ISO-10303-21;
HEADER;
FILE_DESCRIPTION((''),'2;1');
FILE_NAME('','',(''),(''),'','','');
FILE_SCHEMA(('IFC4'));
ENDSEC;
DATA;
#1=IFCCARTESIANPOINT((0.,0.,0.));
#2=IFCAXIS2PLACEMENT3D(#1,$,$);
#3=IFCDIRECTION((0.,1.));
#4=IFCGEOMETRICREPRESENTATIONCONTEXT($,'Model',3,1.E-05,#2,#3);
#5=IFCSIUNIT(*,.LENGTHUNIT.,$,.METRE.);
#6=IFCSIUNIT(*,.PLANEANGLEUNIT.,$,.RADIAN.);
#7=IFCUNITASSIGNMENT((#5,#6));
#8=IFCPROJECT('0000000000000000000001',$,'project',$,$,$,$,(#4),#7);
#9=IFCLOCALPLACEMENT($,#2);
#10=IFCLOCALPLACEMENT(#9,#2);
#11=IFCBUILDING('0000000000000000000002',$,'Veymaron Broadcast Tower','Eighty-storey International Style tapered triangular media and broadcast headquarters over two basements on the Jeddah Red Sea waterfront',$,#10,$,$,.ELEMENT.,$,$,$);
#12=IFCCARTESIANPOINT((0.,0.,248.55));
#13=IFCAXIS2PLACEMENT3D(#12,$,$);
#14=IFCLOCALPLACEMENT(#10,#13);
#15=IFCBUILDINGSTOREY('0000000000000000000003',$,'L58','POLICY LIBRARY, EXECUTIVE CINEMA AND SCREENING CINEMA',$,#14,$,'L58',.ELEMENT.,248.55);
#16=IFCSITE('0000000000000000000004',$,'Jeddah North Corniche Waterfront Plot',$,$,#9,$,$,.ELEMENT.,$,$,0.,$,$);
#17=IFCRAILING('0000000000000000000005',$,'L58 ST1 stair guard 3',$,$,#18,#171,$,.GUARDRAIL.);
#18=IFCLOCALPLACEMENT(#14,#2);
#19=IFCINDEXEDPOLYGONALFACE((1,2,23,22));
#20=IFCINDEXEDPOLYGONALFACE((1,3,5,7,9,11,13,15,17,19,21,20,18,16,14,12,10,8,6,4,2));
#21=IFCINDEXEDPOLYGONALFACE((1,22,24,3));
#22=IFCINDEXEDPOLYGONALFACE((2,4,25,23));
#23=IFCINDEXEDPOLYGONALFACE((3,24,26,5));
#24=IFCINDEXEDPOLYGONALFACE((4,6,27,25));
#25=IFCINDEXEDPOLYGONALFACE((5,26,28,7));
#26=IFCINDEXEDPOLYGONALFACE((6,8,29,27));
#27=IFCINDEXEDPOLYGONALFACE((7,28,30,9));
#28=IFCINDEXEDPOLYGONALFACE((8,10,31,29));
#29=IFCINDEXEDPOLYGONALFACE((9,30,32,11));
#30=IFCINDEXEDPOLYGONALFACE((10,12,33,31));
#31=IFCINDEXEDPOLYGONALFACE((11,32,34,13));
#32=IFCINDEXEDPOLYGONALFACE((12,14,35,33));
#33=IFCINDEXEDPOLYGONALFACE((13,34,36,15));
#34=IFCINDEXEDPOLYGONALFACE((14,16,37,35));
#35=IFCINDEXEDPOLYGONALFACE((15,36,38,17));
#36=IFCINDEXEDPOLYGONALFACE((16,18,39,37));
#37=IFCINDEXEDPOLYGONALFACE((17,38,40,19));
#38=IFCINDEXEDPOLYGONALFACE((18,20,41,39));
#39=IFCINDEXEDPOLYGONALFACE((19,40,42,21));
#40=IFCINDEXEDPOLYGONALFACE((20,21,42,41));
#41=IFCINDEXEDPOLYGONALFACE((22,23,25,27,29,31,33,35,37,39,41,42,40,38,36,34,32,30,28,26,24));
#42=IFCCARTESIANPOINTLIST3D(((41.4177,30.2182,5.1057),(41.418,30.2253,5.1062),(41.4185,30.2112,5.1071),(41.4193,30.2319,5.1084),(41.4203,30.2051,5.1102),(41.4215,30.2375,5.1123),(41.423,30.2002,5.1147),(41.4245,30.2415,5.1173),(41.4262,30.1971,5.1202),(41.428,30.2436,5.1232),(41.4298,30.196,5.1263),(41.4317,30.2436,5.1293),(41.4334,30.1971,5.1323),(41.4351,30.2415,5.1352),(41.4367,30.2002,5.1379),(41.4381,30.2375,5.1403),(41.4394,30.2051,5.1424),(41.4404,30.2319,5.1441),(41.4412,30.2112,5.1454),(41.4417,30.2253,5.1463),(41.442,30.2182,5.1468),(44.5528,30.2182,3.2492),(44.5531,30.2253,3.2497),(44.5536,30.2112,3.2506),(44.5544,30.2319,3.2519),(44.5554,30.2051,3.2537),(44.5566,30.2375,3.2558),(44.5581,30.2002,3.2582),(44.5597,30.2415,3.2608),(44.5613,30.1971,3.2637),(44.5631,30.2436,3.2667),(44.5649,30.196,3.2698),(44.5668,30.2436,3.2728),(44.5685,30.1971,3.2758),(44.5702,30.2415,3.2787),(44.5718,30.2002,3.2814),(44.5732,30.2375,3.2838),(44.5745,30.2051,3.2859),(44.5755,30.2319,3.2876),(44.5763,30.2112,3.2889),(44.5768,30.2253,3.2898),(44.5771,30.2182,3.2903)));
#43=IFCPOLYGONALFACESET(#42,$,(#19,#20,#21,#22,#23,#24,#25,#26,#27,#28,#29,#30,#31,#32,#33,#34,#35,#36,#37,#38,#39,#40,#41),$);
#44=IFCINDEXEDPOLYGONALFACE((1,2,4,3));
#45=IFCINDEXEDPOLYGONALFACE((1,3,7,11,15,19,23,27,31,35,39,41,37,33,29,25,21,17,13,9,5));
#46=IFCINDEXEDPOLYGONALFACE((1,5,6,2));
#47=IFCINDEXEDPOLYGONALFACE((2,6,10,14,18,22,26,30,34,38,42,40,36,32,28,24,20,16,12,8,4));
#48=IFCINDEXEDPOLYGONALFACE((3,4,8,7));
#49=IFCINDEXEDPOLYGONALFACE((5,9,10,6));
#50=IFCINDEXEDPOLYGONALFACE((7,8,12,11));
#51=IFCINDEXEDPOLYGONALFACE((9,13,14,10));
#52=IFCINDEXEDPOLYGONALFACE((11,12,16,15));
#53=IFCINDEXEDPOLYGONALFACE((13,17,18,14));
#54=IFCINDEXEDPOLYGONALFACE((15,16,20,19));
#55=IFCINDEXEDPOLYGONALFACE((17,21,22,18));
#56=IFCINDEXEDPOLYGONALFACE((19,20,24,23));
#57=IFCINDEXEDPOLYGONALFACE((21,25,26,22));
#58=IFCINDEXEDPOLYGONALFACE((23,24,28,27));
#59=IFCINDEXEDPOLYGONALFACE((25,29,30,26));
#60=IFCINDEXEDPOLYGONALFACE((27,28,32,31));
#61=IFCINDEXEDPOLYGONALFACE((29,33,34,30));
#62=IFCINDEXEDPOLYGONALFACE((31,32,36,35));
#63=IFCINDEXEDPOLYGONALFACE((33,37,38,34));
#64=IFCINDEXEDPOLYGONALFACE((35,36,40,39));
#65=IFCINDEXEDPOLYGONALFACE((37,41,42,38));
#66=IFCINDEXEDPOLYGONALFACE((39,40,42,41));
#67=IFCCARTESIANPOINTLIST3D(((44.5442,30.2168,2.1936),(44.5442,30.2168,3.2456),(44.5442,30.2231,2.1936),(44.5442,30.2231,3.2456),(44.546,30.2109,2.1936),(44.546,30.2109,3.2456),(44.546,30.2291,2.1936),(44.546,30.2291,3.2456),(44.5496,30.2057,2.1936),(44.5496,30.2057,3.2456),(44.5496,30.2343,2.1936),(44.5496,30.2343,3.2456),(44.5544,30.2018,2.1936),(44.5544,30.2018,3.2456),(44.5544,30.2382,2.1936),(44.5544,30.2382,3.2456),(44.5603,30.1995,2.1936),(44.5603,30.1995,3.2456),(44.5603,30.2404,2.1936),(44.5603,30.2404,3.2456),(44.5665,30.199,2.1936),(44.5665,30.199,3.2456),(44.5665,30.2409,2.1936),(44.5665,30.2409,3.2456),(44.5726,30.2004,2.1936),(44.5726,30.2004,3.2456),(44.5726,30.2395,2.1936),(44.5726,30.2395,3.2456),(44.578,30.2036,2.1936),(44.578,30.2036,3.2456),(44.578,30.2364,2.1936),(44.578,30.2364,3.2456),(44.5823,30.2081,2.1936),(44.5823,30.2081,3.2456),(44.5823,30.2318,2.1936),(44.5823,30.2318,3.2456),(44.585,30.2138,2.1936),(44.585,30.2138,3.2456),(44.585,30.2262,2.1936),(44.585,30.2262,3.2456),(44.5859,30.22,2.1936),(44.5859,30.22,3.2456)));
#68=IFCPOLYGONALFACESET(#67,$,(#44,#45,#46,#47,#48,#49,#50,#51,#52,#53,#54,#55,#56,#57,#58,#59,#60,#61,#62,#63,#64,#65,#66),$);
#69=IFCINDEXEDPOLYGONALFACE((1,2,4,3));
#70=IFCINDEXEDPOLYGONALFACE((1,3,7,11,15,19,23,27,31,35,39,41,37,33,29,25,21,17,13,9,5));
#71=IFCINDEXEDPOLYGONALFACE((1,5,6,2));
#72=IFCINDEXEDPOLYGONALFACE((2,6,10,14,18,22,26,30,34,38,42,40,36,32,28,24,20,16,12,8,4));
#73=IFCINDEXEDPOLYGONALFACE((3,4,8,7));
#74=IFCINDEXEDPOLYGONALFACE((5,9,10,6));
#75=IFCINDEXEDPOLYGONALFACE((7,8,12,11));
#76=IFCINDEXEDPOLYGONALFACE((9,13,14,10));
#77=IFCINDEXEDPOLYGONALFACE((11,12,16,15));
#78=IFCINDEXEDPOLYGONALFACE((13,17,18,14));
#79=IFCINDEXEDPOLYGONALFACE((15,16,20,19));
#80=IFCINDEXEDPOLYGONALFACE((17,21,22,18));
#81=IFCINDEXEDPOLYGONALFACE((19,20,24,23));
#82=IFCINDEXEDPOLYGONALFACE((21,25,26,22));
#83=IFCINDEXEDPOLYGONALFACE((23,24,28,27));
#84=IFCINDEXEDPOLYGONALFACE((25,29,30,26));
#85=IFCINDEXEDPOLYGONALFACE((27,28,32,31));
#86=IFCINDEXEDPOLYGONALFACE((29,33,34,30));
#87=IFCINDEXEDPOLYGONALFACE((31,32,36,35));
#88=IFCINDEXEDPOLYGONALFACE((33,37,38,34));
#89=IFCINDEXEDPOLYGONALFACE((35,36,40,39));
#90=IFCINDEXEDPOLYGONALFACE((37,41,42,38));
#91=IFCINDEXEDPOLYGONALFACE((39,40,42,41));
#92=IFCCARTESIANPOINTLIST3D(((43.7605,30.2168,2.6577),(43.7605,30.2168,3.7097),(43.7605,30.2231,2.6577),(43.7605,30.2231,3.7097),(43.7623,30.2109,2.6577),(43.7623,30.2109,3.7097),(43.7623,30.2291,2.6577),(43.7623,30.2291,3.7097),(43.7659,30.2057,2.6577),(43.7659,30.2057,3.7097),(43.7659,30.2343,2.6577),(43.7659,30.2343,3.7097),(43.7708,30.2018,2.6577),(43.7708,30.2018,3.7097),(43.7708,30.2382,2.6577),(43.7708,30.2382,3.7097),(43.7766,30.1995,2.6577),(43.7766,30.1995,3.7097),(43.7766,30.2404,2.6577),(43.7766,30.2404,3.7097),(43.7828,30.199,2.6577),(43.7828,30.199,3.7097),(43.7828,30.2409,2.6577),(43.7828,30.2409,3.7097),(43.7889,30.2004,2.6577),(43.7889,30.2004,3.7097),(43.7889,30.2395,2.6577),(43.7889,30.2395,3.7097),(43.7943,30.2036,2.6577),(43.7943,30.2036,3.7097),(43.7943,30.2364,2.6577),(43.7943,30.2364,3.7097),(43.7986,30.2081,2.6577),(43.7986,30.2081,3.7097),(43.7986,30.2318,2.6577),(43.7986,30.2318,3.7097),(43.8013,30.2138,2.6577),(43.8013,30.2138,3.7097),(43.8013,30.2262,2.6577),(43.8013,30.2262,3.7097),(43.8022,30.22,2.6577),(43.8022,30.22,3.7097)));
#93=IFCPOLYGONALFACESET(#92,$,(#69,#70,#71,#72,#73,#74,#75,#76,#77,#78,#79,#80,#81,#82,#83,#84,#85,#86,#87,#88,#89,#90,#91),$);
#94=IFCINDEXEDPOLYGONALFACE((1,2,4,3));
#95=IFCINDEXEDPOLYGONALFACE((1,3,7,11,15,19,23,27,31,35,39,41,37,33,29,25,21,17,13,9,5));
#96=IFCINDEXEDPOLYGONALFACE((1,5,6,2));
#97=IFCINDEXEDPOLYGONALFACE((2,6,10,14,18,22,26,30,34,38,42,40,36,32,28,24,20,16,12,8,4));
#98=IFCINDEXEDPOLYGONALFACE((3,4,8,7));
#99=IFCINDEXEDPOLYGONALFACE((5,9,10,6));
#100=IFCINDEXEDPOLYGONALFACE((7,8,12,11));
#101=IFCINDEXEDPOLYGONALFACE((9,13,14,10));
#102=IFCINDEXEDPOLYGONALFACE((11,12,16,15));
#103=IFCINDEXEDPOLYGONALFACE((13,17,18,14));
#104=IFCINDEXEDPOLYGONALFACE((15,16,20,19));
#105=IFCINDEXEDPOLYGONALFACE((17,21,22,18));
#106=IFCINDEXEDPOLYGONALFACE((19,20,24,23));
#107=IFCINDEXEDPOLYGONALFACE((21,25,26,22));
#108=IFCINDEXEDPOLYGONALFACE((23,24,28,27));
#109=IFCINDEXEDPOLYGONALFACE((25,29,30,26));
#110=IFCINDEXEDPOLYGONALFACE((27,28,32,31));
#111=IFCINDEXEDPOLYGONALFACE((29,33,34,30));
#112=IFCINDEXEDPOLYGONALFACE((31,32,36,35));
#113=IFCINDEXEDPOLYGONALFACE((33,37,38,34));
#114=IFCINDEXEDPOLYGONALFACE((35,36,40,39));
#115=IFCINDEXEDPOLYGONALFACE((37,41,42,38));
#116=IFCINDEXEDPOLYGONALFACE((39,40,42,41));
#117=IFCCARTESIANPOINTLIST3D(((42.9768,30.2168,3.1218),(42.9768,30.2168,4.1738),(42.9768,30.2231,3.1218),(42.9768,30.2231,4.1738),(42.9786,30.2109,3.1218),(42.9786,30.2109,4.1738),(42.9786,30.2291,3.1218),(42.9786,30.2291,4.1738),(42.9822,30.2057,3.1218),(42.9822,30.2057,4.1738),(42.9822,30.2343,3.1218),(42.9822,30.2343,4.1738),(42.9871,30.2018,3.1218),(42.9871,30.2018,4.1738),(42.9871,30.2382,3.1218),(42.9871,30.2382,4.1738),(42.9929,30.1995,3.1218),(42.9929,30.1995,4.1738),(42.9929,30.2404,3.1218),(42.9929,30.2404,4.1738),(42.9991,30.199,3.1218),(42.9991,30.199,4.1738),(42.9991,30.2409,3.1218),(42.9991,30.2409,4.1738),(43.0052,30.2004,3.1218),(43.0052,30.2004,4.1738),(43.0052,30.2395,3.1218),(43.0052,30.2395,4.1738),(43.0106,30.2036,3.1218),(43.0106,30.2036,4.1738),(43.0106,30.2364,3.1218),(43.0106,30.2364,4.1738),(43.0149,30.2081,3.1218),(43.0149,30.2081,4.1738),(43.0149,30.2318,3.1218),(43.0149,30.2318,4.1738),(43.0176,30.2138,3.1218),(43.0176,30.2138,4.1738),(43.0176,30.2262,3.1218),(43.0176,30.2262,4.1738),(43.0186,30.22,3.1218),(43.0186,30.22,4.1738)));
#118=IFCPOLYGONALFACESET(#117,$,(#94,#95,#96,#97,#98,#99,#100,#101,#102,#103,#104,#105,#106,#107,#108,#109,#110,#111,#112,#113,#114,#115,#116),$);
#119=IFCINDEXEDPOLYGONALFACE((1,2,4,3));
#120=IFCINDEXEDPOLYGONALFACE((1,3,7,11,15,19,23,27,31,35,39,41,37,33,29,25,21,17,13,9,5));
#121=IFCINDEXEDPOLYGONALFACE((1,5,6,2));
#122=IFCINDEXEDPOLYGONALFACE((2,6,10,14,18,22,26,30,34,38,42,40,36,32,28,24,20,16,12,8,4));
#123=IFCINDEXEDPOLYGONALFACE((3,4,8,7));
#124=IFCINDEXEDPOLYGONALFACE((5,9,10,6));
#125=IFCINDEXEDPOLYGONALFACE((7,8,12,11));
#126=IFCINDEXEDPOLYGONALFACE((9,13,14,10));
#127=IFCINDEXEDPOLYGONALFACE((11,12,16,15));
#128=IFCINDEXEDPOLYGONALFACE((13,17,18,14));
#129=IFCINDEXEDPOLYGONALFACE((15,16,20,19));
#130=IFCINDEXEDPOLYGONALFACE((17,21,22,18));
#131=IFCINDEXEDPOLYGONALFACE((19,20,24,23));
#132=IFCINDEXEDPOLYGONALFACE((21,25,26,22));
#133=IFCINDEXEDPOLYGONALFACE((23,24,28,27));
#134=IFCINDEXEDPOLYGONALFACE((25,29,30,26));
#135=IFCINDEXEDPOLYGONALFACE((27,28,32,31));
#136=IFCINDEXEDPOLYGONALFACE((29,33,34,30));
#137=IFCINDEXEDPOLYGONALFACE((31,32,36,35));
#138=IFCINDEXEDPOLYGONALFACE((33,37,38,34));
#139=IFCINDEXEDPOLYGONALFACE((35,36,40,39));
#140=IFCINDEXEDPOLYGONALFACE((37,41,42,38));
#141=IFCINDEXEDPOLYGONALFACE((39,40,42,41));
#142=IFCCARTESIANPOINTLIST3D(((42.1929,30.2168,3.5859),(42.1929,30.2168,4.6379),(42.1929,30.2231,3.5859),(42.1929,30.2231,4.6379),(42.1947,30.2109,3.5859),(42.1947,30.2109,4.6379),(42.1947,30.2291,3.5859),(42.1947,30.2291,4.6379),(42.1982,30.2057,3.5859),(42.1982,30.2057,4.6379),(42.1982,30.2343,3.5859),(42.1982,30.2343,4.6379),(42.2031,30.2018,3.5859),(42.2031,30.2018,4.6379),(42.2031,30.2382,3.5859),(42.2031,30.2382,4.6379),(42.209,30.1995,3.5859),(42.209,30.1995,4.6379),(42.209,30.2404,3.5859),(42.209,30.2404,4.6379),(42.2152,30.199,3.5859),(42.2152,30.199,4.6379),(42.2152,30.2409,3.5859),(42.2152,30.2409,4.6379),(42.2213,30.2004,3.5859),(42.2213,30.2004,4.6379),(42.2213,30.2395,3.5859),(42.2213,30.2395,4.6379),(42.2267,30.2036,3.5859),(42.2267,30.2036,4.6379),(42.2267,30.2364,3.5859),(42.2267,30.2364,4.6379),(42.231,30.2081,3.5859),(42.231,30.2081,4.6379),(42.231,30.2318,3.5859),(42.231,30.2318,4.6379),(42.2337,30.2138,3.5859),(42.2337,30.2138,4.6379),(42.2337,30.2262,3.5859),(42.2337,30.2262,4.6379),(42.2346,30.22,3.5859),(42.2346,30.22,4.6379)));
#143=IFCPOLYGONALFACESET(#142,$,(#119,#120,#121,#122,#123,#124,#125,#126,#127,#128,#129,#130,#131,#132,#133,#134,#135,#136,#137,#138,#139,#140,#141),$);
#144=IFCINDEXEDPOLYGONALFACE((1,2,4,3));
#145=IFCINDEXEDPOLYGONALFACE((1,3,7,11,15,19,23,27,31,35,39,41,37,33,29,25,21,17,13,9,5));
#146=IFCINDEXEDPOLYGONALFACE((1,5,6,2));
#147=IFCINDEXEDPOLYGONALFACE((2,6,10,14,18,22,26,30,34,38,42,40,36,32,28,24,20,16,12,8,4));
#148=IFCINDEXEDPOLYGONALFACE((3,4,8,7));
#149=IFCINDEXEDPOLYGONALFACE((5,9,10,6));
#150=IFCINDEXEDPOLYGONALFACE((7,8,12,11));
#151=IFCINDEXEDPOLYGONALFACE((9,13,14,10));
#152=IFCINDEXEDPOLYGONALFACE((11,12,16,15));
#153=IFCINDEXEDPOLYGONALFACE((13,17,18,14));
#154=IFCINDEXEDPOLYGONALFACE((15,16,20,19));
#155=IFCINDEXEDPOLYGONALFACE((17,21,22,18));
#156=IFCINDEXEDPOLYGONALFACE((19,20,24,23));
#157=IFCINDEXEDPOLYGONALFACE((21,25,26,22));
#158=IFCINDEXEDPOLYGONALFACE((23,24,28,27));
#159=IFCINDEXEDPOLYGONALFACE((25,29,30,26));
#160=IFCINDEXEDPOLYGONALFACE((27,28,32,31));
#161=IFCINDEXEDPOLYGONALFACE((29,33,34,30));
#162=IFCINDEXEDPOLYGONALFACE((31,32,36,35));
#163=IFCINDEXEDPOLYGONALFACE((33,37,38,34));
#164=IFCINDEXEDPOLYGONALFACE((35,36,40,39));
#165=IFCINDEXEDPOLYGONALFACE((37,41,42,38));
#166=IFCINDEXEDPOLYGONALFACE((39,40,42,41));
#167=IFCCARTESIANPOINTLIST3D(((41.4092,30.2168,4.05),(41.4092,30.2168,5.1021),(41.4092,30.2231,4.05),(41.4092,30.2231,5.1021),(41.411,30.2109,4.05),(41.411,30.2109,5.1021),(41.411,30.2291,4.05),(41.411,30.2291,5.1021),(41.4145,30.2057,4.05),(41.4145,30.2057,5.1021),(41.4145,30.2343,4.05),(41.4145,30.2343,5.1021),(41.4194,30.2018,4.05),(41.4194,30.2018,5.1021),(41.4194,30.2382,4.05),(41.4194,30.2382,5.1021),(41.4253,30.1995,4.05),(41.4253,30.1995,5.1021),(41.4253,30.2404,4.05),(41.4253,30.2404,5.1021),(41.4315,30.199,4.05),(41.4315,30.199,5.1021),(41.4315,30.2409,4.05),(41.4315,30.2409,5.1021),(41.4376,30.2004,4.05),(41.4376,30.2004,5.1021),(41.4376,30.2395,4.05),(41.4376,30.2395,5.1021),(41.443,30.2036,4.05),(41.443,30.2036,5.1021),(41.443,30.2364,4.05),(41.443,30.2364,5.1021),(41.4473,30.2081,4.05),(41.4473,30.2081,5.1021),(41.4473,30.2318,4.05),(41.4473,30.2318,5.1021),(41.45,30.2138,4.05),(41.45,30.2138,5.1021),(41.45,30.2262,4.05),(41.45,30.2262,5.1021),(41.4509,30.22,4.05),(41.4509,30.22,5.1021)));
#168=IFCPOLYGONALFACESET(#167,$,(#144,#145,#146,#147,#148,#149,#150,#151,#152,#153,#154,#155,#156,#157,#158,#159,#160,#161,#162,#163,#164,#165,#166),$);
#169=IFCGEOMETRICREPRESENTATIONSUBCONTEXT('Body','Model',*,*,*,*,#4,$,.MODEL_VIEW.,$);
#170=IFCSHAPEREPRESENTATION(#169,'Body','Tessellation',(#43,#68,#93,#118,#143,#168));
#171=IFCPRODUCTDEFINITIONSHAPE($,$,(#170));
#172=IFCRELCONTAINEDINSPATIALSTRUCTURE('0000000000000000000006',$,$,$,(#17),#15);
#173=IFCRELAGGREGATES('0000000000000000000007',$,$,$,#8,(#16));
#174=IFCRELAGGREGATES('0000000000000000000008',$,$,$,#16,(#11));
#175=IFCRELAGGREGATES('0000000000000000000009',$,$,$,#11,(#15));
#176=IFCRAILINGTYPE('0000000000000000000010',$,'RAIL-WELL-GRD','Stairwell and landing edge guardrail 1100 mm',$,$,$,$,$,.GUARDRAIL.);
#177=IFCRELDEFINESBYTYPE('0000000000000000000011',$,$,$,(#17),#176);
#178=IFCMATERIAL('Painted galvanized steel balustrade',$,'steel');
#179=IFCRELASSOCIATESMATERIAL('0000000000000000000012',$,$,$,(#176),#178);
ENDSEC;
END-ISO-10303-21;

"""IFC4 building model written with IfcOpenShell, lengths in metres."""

from ifc_helpers import new_model, si_unit, direction, frame, origin, origin_2d, place, context, subcontext, project, spatial, circle, extrude, material, type_object, element, save


model = new_model("IFC4")

# Units and contexts
model_context = context("Model", 3, precision=1e-05, world=origin(), true_north=direction((0.0, 1.0)))
body_context = subcontext(model_context, "Body", "Model", "MODEL_VIEW")
ifc_project = project(units=[si_unit("LENGTHUNIT", "METRE"), si_unit("PLANEANGLEUNIT", "RADIAN")], contexts=[model_context])

# Site, building, storey
site_placement = place(None, origin())
site = spatial("IfcSite", under=ifc_project, at=site_placement, Name="Jeddah North Corniche Waterfront Plot", CompositionType="ELEMENT", RefElevation=0.0)
building_placement = place(site_placement, origin())
building = spatial("IfcBuilding", under=site, at=building_placement, Name="Veymaron Broadcast Tower", Description="Eighty-storey International Style tapered triangular media and broadcast headquarters over two basements on the Jeddah Red Sea waterfront", CompositionType="ELEMENT")
storey_placement = place(building_placement, frame((0.0, 0.0, 248.55)))
storey = spatial("IfcBuildingStorey", under=building, at=storey_placement, Name="L58", Description="POLICY LIBRARY, EXECUTIVE CINEMA AND SCREENING CINEMA", LongName="L58", CompositionType="ELEMENT", Elevation=248.55)

# Railing
ifc_material_1 = material(Name="Painted galvanized steel balustrade", Category="steel")
railing_type_1 = type_object("IfcRailingType", Name="RAIL-WELL-GRD", Description="Stairwell and landing edge guardrail 1100 mm", PredefinedType="GUARDRAIL", material=ifc_material_1)
railing_1_placement = place(storey_placement, frame((44.5649, 30.22, 2.1936)))
element("IfcRailing", 1, at=railing_1_placement, inside=storey, type_object=railing_type_1, Name="L58 ST1 stair guard 3", PredefinedType="GUARDRAIL", context=body_context, shape_type="SweptSolid", body=[
    extrude(circle(Radius=0.0239, at=origin_2d()), frame((0.0, 0.0, 1.0762), z_axis=(-0.860453, 0.0, 0.509531), x_axis=(0.0, -1.0, 0.0)), (0.0, 0.0, 1.0), 3.6436),
    extrude(circle(Radius=0.021, at=origin_2d()), origin(), (0.0, 0.0, 1.0), 1.052),
    extrude(circle(Radius=0.021, at=origin_2d()), frame((-0.7837, 0.0, 0.4641)), (0.0, 0.0, 1.0), 1.052),
    extrude(circle(Radius=0.021, at=origin_2d()), frame((-1.5674, 0.0, 0.9282)), (0.0, 0.0, 1.0), 1.052),
    extrude(circle(Radius=0.021, at=origin_2d()), frame((-2.3513, 0.0, 1.3923)), (0.0, 0.0, 1.0), 1.052),
    extrude(circle(Radius=0.021, at=origin_2d()), frame((-3.135, 0.0, 1.8564)), (0.0, 0.0, 1.0), 1.052),
])

save(model, "model.ifc")
